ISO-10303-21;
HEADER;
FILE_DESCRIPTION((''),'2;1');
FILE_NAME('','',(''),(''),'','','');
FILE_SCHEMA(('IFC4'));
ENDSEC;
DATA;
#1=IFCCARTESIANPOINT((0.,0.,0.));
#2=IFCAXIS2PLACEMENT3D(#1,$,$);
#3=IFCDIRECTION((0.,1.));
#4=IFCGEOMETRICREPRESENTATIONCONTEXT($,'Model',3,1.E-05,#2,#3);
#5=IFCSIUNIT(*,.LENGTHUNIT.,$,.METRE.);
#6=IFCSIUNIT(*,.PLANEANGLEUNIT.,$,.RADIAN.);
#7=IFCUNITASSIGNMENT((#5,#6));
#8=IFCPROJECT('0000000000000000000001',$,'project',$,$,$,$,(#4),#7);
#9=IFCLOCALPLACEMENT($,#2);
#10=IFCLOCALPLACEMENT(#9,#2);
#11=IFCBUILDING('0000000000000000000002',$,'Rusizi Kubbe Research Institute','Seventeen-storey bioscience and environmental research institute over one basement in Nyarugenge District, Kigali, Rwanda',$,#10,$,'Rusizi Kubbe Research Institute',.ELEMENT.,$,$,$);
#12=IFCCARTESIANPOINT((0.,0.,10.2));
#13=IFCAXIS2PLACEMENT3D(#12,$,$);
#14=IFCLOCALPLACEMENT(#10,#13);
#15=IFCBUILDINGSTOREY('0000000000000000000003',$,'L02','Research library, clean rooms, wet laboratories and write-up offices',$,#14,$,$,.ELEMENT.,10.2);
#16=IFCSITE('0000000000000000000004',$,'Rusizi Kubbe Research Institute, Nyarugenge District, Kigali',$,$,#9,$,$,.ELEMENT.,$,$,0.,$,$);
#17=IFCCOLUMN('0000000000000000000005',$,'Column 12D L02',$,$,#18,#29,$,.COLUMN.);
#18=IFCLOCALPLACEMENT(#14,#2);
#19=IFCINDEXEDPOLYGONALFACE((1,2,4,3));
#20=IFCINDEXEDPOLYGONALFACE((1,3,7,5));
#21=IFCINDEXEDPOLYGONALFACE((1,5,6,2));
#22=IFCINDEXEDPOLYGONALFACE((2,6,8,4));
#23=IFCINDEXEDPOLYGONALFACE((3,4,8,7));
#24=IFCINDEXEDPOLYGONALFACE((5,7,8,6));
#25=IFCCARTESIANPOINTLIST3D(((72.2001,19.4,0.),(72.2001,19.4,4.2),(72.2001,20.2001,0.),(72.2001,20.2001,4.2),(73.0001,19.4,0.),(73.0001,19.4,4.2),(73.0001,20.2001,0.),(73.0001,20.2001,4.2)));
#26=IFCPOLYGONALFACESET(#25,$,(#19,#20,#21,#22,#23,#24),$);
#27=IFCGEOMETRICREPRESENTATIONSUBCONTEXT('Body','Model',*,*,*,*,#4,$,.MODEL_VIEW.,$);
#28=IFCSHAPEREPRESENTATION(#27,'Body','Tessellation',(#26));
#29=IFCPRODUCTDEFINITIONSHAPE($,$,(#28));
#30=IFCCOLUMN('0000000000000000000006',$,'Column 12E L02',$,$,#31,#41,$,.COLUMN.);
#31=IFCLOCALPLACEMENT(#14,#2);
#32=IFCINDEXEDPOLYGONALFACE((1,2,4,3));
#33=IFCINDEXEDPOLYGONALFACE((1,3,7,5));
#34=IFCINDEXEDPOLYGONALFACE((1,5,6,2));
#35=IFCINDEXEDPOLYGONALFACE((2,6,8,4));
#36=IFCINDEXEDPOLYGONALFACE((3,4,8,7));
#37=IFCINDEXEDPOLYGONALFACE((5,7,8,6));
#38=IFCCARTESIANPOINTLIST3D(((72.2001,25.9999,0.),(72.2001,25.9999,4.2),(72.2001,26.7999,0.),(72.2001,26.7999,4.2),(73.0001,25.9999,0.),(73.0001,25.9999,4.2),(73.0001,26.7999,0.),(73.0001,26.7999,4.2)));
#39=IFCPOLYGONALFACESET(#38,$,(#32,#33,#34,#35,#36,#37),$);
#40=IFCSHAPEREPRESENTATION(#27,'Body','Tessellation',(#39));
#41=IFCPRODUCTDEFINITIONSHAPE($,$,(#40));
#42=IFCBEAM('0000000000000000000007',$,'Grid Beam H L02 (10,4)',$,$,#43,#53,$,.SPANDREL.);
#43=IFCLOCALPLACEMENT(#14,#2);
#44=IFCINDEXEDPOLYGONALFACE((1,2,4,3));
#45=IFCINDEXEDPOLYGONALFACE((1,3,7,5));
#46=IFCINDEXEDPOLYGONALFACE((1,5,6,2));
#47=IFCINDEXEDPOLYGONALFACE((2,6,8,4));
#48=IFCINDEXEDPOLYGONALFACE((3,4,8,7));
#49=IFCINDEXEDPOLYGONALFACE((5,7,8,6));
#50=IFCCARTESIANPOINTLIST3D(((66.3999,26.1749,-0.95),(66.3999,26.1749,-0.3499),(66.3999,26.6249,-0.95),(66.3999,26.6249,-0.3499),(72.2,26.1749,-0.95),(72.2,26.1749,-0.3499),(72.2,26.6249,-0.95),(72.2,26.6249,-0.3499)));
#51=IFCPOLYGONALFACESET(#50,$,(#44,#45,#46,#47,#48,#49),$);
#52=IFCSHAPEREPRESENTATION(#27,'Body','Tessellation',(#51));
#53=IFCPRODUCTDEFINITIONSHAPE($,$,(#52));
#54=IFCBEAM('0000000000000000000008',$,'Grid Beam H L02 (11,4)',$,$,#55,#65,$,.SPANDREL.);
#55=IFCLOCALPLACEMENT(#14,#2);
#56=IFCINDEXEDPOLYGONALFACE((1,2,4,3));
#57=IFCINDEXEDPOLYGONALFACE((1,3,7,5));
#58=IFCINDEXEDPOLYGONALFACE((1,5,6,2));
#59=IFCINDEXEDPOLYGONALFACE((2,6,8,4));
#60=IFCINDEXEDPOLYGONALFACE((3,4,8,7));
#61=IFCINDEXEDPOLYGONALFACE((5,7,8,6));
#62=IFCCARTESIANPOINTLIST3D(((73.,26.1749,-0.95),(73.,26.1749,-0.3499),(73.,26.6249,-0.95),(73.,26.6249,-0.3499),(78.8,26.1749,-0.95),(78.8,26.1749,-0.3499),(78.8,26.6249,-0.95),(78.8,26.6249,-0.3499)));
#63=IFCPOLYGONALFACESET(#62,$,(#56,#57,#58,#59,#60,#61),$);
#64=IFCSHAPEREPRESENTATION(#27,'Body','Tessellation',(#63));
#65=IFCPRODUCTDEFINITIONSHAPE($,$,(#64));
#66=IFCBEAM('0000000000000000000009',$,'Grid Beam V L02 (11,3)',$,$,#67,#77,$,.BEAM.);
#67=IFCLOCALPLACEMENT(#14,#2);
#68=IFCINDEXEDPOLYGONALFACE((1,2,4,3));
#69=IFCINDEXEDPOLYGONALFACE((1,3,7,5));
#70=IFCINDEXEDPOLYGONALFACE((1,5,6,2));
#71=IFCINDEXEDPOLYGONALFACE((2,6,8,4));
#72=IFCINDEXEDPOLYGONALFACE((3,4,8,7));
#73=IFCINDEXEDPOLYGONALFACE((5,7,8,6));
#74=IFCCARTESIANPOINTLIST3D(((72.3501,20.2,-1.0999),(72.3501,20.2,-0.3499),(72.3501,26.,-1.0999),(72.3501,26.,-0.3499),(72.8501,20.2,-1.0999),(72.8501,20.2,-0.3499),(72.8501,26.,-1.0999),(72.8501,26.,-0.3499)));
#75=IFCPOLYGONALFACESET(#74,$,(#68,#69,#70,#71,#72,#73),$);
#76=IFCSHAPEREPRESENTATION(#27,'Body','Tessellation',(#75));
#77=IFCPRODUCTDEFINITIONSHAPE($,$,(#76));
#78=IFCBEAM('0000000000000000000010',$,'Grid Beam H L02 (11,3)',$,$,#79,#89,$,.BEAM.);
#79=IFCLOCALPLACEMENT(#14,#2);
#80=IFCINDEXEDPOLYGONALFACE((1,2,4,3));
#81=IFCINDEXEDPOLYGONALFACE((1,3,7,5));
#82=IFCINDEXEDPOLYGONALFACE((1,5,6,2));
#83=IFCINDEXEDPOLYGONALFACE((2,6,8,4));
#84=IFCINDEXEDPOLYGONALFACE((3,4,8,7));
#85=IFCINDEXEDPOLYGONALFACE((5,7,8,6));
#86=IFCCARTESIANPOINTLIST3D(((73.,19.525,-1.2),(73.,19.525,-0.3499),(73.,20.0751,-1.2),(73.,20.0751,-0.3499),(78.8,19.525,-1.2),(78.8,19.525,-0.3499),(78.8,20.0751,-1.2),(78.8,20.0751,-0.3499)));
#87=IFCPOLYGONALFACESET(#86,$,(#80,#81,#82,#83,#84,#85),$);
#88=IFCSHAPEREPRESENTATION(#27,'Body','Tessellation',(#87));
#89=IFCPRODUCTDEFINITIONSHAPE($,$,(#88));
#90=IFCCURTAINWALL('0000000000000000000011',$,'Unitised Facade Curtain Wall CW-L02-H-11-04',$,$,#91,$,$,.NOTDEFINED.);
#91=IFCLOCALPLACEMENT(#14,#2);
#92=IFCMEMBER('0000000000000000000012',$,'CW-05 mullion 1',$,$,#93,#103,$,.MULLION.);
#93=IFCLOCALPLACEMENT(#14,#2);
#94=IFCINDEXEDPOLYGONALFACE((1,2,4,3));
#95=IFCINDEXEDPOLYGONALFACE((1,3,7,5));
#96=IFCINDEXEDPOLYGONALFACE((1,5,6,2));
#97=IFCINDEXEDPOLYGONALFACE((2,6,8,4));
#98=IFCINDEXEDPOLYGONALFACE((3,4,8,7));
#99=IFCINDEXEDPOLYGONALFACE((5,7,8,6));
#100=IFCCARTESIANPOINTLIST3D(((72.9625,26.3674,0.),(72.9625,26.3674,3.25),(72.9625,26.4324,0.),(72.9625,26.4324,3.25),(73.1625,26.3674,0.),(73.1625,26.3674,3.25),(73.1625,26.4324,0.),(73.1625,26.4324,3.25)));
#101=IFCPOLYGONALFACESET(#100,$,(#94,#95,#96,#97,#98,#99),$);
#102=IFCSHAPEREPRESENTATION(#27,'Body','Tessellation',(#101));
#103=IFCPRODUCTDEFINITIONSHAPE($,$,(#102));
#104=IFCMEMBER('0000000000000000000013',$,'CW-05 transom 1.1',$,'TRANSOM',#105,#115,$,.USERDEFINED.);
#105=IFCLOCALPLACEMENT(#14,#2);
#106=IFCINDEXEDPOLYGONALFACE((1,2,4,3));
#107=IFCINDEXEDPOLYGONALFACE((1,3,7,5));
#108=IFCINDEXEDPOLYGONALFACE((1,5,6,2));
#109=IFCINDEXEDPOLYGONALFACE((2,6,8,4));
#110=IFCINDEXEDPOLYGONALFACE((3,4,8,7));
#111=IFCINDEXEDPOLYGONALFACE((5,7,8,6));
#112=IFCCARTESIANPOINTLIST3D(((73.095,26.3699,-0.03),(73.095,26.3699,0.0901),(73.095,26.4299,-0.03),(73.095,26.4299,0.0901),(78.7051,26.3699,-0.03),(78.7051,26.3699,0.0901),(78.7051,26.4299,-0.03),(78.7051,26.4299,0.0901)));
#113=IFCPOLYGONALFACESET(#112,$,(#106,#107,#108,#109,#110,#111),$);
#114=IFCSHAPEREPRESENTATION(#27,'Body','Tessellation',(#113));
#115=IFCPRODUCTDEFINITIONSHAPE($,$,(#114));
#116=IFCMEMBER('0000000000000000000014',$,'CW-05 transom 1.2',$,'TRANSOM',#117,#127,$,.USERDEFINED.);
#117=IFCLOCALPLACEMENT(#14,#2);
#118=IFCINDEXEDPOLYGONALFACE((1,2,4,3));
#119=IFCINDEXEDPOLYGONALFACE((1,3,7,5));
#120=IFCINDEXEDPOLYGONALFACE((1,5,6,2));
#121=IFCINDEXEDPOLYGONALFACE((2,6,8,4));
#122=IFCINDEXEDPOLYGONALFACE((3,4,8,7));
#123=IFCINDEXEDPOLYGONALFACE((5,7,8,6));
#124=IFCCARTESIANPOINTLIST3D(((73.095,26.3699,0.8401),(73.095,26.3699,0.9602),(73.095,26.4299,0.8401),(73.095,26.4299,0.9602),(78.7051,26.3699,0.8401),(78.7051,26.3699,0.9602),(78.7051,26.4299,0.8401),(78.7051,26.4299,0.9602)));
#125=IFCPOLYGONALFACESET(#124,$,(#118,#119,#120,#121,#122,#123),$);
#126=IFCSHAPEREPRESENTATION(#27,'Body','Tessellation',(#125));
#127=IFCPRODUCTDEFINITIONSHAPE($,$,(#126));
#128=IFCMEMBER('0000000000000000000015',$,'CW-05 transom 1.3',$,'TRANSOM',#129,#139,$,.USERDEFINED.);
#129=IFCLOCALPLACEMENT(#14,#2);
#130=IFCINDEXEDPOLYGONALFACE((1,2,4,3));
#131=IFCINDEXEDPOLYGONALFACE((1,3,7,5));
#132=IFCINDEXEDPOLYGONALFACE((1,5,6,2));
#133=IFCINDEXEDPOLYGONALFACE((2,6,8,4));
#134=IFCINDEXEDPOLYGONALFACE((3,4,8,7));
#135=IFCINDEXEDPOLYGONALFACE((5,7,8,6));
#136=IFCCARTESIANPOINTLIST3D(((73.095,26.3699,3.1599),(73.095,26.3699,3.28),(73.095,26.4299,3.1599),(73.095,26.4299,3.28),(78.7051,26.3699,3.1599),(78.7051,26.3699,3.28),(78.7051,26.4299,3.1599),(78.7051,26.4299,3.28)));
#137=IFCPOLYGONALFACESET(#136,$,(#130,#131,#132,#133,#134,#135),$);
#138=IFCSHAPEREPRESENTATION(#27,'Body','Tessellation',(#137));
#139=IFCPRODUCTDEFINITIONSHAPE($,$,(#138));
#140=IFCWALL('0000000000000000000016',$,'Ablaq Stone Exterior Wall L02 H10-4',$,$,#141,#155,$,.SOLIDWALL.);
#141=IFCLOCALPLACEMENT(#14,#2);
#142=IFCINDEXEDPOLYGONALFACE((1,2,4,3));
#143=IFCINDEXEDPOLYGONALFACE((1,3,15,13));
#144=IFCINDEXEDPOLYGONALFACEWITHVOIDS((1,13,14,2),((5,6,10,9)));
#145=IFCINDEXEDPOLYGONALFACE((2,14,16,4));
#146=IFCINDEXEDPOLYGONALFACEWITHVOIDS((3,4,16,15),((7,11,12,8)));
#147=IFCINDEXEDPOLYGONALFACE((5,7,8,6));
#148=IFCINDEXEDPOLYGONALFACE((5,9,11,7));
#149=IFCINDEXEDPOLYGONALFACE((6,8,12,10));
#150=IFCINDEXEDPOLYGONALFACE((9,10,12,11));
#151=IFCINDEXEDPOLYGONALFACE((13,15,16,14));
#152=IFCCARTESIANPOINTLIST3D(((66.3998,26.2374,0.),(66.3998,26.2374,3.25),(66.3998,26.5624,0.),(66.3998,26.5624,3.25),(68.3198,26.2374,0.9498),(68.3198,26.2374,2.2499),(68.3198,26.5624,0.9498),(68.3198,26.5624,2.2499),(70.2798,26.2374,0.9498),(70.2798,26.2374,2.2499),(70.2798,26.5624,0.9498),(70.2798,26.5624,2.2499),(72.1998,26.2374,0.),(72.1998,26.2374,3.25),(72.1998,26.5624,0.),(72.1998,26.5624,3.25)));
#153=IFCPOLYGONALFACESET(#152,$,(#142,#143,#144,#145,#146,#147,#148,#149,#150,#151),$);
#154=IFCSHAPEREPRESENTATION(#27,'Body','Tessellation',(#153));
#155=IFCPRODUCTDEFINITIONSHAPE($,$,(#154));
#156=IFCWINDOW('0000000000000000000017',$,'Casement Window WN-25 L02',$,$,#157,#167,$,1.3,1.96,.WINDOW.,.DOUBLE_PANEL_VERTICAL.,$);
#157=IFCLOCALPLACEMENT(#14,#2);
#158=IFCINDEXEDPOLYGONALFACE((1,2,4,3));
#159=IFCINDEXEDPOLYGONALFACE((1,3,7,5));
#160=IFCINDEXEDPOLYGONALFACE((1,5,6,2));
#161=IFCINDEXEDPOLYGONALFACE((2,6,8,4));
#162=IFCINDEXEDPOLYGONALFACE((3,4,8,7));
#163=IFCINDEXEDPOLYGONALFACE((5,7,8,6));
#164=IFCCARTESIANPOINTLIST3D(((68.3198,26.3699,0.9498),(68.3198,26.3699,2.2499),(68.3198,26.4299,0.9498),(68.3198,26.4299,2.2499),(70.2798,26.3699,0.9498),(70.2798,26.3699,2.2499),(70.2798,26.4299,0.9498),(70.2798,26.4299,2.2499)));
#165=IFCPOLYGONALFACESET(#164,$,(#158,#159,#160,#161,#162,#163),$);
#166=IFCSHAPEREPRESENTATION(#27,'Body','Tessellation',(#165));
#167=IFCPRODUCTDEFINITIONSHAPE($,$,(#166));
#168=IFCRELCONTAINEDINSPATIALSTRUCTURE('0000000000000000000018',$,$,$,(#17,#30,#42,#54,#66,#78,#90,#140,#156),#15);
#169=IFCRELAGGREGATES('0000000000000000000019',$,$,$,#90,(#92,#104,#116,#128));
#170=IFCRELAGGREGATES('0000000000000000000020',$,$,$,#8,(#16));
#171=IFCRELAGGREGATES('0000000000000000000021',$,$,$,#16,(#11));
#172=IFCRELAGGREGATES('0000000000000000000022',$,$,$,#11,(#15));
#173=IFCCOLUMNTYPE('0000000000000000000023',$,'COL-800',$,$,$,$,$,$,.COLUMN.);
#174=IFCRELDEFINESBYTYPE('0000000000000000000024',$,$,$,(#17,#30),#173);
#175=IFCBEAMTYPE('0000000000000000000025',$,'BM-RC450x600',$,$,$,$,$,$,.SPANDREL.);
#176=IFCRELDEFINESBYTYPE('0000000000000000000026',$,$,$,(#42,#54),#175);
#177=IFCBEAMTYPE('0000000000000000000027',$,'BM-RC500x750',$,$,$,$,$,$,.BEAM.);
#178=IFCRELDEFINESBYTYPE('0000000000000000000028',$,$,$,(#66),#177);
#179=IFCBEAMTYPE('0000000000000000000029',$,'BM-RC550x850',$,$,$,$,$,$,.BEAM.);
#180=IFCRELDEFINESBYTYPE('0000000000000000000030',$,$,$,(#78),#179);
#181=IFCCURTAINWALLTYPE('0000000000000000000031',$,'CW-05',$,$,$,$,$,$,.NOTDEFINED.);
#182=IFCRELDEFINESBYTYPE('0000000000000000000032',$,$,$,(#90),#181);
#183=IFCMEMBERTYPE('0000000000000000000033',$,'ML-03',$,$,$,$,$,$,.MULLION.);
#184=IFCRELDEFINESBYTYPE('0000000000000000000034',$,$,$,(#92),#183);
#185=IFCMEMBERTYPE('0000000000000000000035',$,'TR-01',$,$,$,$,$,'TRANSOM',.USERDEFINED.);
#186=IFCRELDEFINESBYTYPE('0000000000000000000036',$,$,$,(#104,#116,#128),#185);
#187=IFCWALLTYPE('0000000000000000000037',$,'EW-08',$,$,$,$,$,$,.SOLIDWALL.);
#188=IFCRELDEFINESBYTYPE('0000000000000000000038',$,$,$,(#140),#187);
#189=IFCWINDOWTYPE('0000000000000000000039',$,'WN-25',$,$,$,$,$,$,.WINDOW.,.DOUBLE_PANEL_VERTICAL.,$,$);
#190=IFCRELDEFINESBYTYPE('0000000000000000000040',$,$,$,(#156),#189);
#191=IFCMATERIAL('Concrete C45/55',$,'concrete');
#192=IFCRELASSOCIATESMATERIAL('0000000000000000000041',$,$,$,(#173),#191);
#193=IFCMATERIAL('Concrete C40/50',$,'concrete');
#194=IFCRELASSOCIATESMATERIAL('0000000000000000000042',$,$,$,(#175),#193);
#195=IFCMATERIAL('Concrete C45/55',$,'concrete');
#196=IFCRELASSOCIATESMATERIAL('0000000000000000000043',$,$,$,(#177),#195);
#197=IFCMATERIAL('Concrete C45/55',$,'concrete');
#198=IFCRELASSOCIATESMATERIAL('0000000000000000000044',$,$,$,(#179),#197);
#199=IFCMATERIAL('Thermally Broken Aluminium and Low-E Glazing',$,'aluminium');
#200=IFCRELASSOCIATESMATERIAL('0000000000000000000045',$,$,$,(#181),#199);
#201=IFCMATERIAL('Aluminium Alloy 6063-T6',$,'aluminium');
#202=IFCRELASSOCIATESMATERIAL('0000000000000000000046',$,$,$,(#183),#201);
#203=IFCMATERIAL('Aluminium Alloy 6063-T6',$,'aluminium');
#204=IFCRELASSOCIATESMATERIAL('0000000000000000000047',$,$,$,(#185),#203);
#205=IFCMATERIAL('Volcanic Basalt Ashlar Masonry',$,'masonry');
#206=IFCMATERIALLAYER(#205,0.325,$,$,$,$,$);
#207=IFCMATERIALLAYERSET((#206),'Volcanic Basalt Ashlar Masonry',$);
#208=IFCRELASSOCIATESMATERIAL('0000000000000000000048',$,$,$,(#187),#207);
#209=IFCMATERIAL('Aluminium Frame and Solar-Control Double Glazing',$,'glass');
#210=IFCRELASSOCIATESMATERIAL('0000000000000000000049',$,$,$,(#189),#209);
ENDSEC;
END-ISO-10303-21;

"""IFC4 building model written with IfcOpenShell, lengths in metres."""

from ifc_helpers import new_model, si_unit, direction, frame, frame_2d, origin, origin_2d, place, context, subcontext, project, spatial, rectangle, extrude, material, layer, layer_set, material_profile, profile_set, type_object, element, fill, aggregate, save


model = new_model("IFC4")

# Units and contexts
model_context = context("Model", 3, precision=1e-05, world=origin(), true_north=direction((0.0, 1.0)))
body_context = subcontext(model_context, "Body", "Model", "MODEL_VIEW")
ifc_project = project(units=[si_unit("LENGTHUNIT", "METRE"), si_unit("PLANEANGLEUNIT", "RADIAN")], contexts=[model_context])

# Site, building, storey
site_placement = place(None, origin())
site = spatial("IfcSite", under=ifc_project, at=site_placement, Name="Rusizi Kubbe Research Institute, Nyarugenge District, Kigali", CompositionType="ELEMENT", RefElevation=0.0)
building_placement = place(site_placement, origin())
building = spatial("IfcBuilding", under=site, at=building_placement, Name="Rusizi Kubbe Research Institute", Description="Seventeen-storey bioscience and environmental research institute over one basement in Nyarugenge District, Kigali, Rwanda", LongName="Rusizi Kubbe Research Institute", CompositionType="ELEMENT")
storey_placement = place(building_placement, frame((0.0, 0.0, 10.2)))
storey = spatial("IfcBuildingStorey", under=building, at=storey_placement, Name="L02", Description="Research library, clean rooms, wet laboratories and write-up offices", CompositionType="ELEMENT", Elevation=10.2)

# Columns
ifc_material_1 = material(Name="Concrete C45/55", Category="concrete")
ifc_material_profile_1 = material_profile(ifc_material_1, rectangle(XDim=0.8, YDim=0.8, at=origin_2d()), Name="RC800x800")
ifc_profile_set_1 = profile_set([ifc_material_profile_1], Name="Concrete C45/55")
column_type = type_object("IfcColumnType", Name="COL-800", PredefinedType="COLUMN", material=ifc_profile_set_1)
for number, where, z_axis, x_axis, name in (
    (1, (72.6001, 19.8, 0.0), (0.0, 0.0, 1.0), (1.0, 0.0, 0.0), "Column 12D L02"),
    (2, (72.6001, 26.3999, 0.0), (0.0, 0.0, 1.0), (1.0, 0.0, 0.0), "Column 12E L02"),
):
    element("IfcColumn", number, at=place(storey_placement, frame(where, z_axis=z_axis, x_axis=x_axis)), inside=storey, type_object=column_type, Name=name, PredefinedType="COLUMN", context=body_context, shape_type="SweptSolid", body=[
        extrude(rectangle(XDim=0.8, YDim=0.8, at=origin_2d()), origin(), (0.0, 0.0, 1.0), 4.2),
    ])

# Beams
ifc_material_2 = material(Name="Concrete C40/50", Category="concrete")
ifc_material_profile_2 = material_profile(ifc_material_2, rectangle(XDim=0.45, YDim=0.6001, at=origin_2d()), Name="RC450x600")
ifc_profile_set_2 = profile_set([ifc_material_profile_2], Name="Concrete C40/50")
beam_type_1 = type_object("IfcBeamType", Name="BM-RC450x600", PredefinedType="SPANDREL", material=ifc_profile_set_2)
for number, where, z_axis, x_axis, name in (
    (3, (66.3999, 26.3999, -0.6499), (1.0, 0.0, 0.0), (0.0, 1.0, 0.0), "Grid Beam H L02 (10,4)"),
    (4, (73.0, 26.3999, -0.6499), (1.0, 0.0, 0.0), (0.0, 1.0, 0.0), "Grid Beam H L02 (11,4)"),
):
    element("IfcBeam", number, at=place(storey_placement, frame(where, z_axis=z_axis, x_axis=x_axis)), inside=storey, type_object=beam_type_1, Name=name, PredefinedType="SPANDREL", context=body_context, shape_type="SweptSolid", body=[
        extrude(rectangle(XDim=0.45, YDim=0.6001, at=origin_2d()), origin(), (0.0, 0.0, 1.0), 5.8),
    ])
ifc_material_3 = material(Name="Concrete C45/55", Category="concrete")
ifc_material_profile_3 = material_profile(ifc_material_3, rectangle(XDim=0.5, YDim=0.75, at=origin_2d()), Name="RC500x750B")
ifc_profile_set_3 = profile_set([ifc_material_profile_3], Name="Concrete C45/55")
beam_type_2 = type_object("IfcBeamType", Name="BM-RC500x750", PredefinedType="BEAM", material=ifc_profile_set_3)
beam_1_placement = place(storey_placement, frame((72.6001, 20.2, -0.7249), z_axis=(0.0, 1.0, 0.0), x_axis=(-1.0, 0.0, 0.0)))
element("IfcBeam", 5, at=beam_1_placement, inside=storey, type_object=beam_type_2, Name="Grid Beam V L02 (11,3)", PredefinedType="BEAM", context=body_context, shape_type="SweptSolid", body=[
    extrude(rectangle(XDim=0.5, YDim=0.75, at=origin_2d()), origin(), (0.0, 0.0, 1.0), 5.8),
])
ifc_material_4 = material(Name="Concrete C45/55", Category="concrete")
ifc_material_profile_4 = material_profile(ifc_material_4, rectangle(XDim=0.55, YDim=0.8501, at=origin_2d()), Name="RC550x850")
ifc_profile_set_4 = profile_set([ifc_material_profile_4], Name="Concrete C45/55")
beam_type_3 = type_object("IfcBeamType", Name="BM-RC550x850", PredefinedType="BEAM", material=ifc_profile_set_4)
beam_2_placement = place(storey_placement, frame((73.0, 19.8, -0.7749), z_axis=(1.0, 0.0, 0.0), x_axis=(0.0, 1.0, 0.0)))
element("IfcBeam", 6, at=beam_2_placement, inside=storey, type_object=beam_type_3, Name="Grid Beam H L02 (11,3)", PredefinedType="BEAM", context=body_context, shape_type="SweptSolid", body=[
    extrude(rectangle(XDim=0.55, YDim=0.8501, at=origin_2d()), origin(), (0.0, 0.0, 1.0), 5.8),
])

# Curtain wall, members
ifc_material_5 = material(Name="Thermally Broken Aluminium and Low-E Glazing", Category="aluminium")
curtain_wall_type = type_object("IfcCurtainWallType", Name="CW-05", PredefinedType="NOTDEFINED", material=ifc_material_5)
curtain_wall_placement = place(storey_placement, origin())
curtain_wall = element("IfcCurtainWall", 7, at=curtain_wall_placement, inside=storey, type_object=curtain_wall_type, Name="Unitised Facade Curtain Wall CW-L02-H-11-04", PredefinedType="NOTDEFINED")
ifc_material_6 = material(Name="Aluminium Alloy 6063-T6", Category="aluminium")
ifc_material_profile_5 = material_profile(ifc_material_6, rectangle(XDim=0.0649, YDim=0.2, at=origin_2d()), Name="ALU-M 65x200")
ifc_profile_set_5 = profile_set([ifc_material_profile_5], Name="Aluminium Alloy 6063-T6")
member_type_1 = type_object("IfcMemberType", Name="ML-03", PredefinedType="MULLION", material=ifc_profile_set_5)
member_1_placement = place(storey_placement, frame((73.0625, 26.3999, 0.0), z_axis=(0.0, 0.0, 1.0), x_axis=(0.0, 1.0, 0.0)))
member_1 = element("IfcMember", 8, at=member_1_placement, type_object=member_type_1, Name="CW-05 mullion 1", PredefinedType="MULLION", context=body_context, shape_type="SweptSolid", body=[
    extrude(rectangle(XDim=0.0649, YDim=0.2, at=origin_2d()), origin(), (0.0, 0.0, 1.0), 3.25),
])
ifc_material_7 = material(Name="Aluminium Alloy 6063-T6", Category="aluminium")
ifc_material_profile_6 = material_profile(ifc_material_7, rectangle(XDim=0.0601, YDim=0.1201, at=origin_2d()), Name="ALU-T 60x120")
ifc_profile_set_6 = profile_set([ifc_material_profile_6], Name="Aluminium Alloy 6063-T6")
member_type_2 = type_object("IfcMemberType", Name="TR-01", ElementType="TRANSOM", PredefinedType="USERDEFINED", material=ifc_profile_set_6)
member_2_placement = place(storey_placement, frame((73.095, 26.3999, 0.03), z_axis=(1.0, 0.0, 0.0), x_axis=(0.0, 1.0, 0.0)))
member_2 = element("IfcMember", 9, at=member_2_placement, type_object=member_type_2, Name="CW-05 transom 1.1", ObjectType="TRANSOM", PredefinedType="USERDEFINED", context=body_context, shape_type="SweptSolid", body=[
    extrude(rectangle(XDim=0.0601, YDim=0.1201, at=origin_2d()), origin(), (0.0, 0.0, 1.0), 5.6101),
])
member_3_placement = place(storey_placement, frame((73.095, 26.3999, 0.9001), z_axis=(1.0, 0.0, 0.0), x_axis=(0.0, 1.0, 0.0)))
member_3 = element("IfcMember", 10, at=member_3_placement, type_object=member_type_2, Name="CW-05 transom 1.2", ObjectType="TRANSOM", PredefinedType="USERDEFINED", context=body_context, shape_type="SweptSolid", body=[
    extrude(rectangle(XDim=0.0601, YDim=0.1201, at=origin_2d()), origin(), (0.0, 0.0, 1.0), 5.6101),
])
member_4_placement = place(storey_placement, frame((73.095, 26.3999, 3.22), z_axis=(1.0, 0.0, 0.0), x_axis=(0.0, 1.0, 0.0)))
member_4 = element("IfcMember", 11, at=member_4_placement, type_object=member_type_2, Name="CW-05 transom 1.3", ObjectType="TRANSOM", PredefinedType="USERDEFINED", context=body_context, shape_type="SweptSolid", body=[
    extrude(rectangle(XDim=0.0601, YDim=0.1201, at=origin_2d()), origin(), (0.0, 0.0, 1.0), 5.6101),
])
aggregate(curtain_wall, [member_1, member_2, member_3, member_4])

# Wall, opening, window
ifc_material_8 = material(Name="Volcanic Basalt Ashlar Masonry", Category="masonry")
ifc_layer_1 = layer(ifc_material_8, 0.325)
ifc_layer_set_1 = layer_set([ifc_layer_1], Name="Volcanic Basalt Ashlar Masonry")
wall_type_1 = type_object("IfcWallType", Name="EW-08", PredefinedType="SOLIDWALL", material=ifc_layer_set_1)
wall_1_placement = place(storey_placement, frame((66.3999, 26.3999, 0.0), z_axis=(0.0, 0.0, 1.0), x_axis=(1.0, 0.0, 0.0)))
wall_1 = element("IfcWall", 12, at=wall_1_placement, inside=storey, type_object=wall_type_1, Name="Ablaq Stone Exterior Wall L02 H10-4", PredefinedType="SOLIDWALL", context=body_context, shape_type="SweptSolid", body=[
    extrude(rectangle(XDim=5.8, YDim=0.325, at=frame_2d((2.8999, 0.0))), origin(), (0.0, 0.0, 1.0), 3.25),
])
opening_1_placement = place(wall_1_placement, frame((1.9199, 0.0, 0.95)))
opening_1 = element("IfcOpeningElement", 13, at=opening_1_placement, cuts=wall_1, PredefinedType="OPENING", context=body_context, shape_type="SweptSolid", body=[
    extrude(rectangle(XDim=1.96, YDim=1.3, at=frame_2d((0.98, 0.6499))), frame((0.0, 0.1724, 0.0), z_axis=(0.0, -1.0, 0.0), x_axis=(1.0, 0.0, 0.0)), (0.0, 0.0, 1.0), 0.345),
])
ifc_material_9 = material(Name="Aluminium Frame and Solar-Control Double Glazing", Category="glass")
window_type = type_object("IfcWindowType", Name="WN-25", PartitioningType="DOUBLE_PANEL_VERTICAL", PredefinedType="WINDOW", material=ifc_material_9)
window_placement = place(opening_1_placement, origin())
window = element("IfcWindow", 14, at=window_placement, inside=storey, type_object=window_type, Name="Casement Window WN-25 L02", OverallHeight=1.3, OverallWidth=1.96, PartitioningType="DOUBLE_PANEL_VERTICAL", PredefinedType="WINDOW", context=body_context, shape_type="SweptSolid", body=[
    extrude(rectangle(XDim=1.96, YDim=1.3, at=frame_2d((0.98, 0.6499))), frame((0.0, 0.03, 0.0), z_axis=(0.0, -1.0, 0.0), x_axis=(1.0, 0.0, 0.0)), (0.0, 0.0, 1.0), 0.0601),
])
fill(opening_1, window)

save(model, "model.ifc")
